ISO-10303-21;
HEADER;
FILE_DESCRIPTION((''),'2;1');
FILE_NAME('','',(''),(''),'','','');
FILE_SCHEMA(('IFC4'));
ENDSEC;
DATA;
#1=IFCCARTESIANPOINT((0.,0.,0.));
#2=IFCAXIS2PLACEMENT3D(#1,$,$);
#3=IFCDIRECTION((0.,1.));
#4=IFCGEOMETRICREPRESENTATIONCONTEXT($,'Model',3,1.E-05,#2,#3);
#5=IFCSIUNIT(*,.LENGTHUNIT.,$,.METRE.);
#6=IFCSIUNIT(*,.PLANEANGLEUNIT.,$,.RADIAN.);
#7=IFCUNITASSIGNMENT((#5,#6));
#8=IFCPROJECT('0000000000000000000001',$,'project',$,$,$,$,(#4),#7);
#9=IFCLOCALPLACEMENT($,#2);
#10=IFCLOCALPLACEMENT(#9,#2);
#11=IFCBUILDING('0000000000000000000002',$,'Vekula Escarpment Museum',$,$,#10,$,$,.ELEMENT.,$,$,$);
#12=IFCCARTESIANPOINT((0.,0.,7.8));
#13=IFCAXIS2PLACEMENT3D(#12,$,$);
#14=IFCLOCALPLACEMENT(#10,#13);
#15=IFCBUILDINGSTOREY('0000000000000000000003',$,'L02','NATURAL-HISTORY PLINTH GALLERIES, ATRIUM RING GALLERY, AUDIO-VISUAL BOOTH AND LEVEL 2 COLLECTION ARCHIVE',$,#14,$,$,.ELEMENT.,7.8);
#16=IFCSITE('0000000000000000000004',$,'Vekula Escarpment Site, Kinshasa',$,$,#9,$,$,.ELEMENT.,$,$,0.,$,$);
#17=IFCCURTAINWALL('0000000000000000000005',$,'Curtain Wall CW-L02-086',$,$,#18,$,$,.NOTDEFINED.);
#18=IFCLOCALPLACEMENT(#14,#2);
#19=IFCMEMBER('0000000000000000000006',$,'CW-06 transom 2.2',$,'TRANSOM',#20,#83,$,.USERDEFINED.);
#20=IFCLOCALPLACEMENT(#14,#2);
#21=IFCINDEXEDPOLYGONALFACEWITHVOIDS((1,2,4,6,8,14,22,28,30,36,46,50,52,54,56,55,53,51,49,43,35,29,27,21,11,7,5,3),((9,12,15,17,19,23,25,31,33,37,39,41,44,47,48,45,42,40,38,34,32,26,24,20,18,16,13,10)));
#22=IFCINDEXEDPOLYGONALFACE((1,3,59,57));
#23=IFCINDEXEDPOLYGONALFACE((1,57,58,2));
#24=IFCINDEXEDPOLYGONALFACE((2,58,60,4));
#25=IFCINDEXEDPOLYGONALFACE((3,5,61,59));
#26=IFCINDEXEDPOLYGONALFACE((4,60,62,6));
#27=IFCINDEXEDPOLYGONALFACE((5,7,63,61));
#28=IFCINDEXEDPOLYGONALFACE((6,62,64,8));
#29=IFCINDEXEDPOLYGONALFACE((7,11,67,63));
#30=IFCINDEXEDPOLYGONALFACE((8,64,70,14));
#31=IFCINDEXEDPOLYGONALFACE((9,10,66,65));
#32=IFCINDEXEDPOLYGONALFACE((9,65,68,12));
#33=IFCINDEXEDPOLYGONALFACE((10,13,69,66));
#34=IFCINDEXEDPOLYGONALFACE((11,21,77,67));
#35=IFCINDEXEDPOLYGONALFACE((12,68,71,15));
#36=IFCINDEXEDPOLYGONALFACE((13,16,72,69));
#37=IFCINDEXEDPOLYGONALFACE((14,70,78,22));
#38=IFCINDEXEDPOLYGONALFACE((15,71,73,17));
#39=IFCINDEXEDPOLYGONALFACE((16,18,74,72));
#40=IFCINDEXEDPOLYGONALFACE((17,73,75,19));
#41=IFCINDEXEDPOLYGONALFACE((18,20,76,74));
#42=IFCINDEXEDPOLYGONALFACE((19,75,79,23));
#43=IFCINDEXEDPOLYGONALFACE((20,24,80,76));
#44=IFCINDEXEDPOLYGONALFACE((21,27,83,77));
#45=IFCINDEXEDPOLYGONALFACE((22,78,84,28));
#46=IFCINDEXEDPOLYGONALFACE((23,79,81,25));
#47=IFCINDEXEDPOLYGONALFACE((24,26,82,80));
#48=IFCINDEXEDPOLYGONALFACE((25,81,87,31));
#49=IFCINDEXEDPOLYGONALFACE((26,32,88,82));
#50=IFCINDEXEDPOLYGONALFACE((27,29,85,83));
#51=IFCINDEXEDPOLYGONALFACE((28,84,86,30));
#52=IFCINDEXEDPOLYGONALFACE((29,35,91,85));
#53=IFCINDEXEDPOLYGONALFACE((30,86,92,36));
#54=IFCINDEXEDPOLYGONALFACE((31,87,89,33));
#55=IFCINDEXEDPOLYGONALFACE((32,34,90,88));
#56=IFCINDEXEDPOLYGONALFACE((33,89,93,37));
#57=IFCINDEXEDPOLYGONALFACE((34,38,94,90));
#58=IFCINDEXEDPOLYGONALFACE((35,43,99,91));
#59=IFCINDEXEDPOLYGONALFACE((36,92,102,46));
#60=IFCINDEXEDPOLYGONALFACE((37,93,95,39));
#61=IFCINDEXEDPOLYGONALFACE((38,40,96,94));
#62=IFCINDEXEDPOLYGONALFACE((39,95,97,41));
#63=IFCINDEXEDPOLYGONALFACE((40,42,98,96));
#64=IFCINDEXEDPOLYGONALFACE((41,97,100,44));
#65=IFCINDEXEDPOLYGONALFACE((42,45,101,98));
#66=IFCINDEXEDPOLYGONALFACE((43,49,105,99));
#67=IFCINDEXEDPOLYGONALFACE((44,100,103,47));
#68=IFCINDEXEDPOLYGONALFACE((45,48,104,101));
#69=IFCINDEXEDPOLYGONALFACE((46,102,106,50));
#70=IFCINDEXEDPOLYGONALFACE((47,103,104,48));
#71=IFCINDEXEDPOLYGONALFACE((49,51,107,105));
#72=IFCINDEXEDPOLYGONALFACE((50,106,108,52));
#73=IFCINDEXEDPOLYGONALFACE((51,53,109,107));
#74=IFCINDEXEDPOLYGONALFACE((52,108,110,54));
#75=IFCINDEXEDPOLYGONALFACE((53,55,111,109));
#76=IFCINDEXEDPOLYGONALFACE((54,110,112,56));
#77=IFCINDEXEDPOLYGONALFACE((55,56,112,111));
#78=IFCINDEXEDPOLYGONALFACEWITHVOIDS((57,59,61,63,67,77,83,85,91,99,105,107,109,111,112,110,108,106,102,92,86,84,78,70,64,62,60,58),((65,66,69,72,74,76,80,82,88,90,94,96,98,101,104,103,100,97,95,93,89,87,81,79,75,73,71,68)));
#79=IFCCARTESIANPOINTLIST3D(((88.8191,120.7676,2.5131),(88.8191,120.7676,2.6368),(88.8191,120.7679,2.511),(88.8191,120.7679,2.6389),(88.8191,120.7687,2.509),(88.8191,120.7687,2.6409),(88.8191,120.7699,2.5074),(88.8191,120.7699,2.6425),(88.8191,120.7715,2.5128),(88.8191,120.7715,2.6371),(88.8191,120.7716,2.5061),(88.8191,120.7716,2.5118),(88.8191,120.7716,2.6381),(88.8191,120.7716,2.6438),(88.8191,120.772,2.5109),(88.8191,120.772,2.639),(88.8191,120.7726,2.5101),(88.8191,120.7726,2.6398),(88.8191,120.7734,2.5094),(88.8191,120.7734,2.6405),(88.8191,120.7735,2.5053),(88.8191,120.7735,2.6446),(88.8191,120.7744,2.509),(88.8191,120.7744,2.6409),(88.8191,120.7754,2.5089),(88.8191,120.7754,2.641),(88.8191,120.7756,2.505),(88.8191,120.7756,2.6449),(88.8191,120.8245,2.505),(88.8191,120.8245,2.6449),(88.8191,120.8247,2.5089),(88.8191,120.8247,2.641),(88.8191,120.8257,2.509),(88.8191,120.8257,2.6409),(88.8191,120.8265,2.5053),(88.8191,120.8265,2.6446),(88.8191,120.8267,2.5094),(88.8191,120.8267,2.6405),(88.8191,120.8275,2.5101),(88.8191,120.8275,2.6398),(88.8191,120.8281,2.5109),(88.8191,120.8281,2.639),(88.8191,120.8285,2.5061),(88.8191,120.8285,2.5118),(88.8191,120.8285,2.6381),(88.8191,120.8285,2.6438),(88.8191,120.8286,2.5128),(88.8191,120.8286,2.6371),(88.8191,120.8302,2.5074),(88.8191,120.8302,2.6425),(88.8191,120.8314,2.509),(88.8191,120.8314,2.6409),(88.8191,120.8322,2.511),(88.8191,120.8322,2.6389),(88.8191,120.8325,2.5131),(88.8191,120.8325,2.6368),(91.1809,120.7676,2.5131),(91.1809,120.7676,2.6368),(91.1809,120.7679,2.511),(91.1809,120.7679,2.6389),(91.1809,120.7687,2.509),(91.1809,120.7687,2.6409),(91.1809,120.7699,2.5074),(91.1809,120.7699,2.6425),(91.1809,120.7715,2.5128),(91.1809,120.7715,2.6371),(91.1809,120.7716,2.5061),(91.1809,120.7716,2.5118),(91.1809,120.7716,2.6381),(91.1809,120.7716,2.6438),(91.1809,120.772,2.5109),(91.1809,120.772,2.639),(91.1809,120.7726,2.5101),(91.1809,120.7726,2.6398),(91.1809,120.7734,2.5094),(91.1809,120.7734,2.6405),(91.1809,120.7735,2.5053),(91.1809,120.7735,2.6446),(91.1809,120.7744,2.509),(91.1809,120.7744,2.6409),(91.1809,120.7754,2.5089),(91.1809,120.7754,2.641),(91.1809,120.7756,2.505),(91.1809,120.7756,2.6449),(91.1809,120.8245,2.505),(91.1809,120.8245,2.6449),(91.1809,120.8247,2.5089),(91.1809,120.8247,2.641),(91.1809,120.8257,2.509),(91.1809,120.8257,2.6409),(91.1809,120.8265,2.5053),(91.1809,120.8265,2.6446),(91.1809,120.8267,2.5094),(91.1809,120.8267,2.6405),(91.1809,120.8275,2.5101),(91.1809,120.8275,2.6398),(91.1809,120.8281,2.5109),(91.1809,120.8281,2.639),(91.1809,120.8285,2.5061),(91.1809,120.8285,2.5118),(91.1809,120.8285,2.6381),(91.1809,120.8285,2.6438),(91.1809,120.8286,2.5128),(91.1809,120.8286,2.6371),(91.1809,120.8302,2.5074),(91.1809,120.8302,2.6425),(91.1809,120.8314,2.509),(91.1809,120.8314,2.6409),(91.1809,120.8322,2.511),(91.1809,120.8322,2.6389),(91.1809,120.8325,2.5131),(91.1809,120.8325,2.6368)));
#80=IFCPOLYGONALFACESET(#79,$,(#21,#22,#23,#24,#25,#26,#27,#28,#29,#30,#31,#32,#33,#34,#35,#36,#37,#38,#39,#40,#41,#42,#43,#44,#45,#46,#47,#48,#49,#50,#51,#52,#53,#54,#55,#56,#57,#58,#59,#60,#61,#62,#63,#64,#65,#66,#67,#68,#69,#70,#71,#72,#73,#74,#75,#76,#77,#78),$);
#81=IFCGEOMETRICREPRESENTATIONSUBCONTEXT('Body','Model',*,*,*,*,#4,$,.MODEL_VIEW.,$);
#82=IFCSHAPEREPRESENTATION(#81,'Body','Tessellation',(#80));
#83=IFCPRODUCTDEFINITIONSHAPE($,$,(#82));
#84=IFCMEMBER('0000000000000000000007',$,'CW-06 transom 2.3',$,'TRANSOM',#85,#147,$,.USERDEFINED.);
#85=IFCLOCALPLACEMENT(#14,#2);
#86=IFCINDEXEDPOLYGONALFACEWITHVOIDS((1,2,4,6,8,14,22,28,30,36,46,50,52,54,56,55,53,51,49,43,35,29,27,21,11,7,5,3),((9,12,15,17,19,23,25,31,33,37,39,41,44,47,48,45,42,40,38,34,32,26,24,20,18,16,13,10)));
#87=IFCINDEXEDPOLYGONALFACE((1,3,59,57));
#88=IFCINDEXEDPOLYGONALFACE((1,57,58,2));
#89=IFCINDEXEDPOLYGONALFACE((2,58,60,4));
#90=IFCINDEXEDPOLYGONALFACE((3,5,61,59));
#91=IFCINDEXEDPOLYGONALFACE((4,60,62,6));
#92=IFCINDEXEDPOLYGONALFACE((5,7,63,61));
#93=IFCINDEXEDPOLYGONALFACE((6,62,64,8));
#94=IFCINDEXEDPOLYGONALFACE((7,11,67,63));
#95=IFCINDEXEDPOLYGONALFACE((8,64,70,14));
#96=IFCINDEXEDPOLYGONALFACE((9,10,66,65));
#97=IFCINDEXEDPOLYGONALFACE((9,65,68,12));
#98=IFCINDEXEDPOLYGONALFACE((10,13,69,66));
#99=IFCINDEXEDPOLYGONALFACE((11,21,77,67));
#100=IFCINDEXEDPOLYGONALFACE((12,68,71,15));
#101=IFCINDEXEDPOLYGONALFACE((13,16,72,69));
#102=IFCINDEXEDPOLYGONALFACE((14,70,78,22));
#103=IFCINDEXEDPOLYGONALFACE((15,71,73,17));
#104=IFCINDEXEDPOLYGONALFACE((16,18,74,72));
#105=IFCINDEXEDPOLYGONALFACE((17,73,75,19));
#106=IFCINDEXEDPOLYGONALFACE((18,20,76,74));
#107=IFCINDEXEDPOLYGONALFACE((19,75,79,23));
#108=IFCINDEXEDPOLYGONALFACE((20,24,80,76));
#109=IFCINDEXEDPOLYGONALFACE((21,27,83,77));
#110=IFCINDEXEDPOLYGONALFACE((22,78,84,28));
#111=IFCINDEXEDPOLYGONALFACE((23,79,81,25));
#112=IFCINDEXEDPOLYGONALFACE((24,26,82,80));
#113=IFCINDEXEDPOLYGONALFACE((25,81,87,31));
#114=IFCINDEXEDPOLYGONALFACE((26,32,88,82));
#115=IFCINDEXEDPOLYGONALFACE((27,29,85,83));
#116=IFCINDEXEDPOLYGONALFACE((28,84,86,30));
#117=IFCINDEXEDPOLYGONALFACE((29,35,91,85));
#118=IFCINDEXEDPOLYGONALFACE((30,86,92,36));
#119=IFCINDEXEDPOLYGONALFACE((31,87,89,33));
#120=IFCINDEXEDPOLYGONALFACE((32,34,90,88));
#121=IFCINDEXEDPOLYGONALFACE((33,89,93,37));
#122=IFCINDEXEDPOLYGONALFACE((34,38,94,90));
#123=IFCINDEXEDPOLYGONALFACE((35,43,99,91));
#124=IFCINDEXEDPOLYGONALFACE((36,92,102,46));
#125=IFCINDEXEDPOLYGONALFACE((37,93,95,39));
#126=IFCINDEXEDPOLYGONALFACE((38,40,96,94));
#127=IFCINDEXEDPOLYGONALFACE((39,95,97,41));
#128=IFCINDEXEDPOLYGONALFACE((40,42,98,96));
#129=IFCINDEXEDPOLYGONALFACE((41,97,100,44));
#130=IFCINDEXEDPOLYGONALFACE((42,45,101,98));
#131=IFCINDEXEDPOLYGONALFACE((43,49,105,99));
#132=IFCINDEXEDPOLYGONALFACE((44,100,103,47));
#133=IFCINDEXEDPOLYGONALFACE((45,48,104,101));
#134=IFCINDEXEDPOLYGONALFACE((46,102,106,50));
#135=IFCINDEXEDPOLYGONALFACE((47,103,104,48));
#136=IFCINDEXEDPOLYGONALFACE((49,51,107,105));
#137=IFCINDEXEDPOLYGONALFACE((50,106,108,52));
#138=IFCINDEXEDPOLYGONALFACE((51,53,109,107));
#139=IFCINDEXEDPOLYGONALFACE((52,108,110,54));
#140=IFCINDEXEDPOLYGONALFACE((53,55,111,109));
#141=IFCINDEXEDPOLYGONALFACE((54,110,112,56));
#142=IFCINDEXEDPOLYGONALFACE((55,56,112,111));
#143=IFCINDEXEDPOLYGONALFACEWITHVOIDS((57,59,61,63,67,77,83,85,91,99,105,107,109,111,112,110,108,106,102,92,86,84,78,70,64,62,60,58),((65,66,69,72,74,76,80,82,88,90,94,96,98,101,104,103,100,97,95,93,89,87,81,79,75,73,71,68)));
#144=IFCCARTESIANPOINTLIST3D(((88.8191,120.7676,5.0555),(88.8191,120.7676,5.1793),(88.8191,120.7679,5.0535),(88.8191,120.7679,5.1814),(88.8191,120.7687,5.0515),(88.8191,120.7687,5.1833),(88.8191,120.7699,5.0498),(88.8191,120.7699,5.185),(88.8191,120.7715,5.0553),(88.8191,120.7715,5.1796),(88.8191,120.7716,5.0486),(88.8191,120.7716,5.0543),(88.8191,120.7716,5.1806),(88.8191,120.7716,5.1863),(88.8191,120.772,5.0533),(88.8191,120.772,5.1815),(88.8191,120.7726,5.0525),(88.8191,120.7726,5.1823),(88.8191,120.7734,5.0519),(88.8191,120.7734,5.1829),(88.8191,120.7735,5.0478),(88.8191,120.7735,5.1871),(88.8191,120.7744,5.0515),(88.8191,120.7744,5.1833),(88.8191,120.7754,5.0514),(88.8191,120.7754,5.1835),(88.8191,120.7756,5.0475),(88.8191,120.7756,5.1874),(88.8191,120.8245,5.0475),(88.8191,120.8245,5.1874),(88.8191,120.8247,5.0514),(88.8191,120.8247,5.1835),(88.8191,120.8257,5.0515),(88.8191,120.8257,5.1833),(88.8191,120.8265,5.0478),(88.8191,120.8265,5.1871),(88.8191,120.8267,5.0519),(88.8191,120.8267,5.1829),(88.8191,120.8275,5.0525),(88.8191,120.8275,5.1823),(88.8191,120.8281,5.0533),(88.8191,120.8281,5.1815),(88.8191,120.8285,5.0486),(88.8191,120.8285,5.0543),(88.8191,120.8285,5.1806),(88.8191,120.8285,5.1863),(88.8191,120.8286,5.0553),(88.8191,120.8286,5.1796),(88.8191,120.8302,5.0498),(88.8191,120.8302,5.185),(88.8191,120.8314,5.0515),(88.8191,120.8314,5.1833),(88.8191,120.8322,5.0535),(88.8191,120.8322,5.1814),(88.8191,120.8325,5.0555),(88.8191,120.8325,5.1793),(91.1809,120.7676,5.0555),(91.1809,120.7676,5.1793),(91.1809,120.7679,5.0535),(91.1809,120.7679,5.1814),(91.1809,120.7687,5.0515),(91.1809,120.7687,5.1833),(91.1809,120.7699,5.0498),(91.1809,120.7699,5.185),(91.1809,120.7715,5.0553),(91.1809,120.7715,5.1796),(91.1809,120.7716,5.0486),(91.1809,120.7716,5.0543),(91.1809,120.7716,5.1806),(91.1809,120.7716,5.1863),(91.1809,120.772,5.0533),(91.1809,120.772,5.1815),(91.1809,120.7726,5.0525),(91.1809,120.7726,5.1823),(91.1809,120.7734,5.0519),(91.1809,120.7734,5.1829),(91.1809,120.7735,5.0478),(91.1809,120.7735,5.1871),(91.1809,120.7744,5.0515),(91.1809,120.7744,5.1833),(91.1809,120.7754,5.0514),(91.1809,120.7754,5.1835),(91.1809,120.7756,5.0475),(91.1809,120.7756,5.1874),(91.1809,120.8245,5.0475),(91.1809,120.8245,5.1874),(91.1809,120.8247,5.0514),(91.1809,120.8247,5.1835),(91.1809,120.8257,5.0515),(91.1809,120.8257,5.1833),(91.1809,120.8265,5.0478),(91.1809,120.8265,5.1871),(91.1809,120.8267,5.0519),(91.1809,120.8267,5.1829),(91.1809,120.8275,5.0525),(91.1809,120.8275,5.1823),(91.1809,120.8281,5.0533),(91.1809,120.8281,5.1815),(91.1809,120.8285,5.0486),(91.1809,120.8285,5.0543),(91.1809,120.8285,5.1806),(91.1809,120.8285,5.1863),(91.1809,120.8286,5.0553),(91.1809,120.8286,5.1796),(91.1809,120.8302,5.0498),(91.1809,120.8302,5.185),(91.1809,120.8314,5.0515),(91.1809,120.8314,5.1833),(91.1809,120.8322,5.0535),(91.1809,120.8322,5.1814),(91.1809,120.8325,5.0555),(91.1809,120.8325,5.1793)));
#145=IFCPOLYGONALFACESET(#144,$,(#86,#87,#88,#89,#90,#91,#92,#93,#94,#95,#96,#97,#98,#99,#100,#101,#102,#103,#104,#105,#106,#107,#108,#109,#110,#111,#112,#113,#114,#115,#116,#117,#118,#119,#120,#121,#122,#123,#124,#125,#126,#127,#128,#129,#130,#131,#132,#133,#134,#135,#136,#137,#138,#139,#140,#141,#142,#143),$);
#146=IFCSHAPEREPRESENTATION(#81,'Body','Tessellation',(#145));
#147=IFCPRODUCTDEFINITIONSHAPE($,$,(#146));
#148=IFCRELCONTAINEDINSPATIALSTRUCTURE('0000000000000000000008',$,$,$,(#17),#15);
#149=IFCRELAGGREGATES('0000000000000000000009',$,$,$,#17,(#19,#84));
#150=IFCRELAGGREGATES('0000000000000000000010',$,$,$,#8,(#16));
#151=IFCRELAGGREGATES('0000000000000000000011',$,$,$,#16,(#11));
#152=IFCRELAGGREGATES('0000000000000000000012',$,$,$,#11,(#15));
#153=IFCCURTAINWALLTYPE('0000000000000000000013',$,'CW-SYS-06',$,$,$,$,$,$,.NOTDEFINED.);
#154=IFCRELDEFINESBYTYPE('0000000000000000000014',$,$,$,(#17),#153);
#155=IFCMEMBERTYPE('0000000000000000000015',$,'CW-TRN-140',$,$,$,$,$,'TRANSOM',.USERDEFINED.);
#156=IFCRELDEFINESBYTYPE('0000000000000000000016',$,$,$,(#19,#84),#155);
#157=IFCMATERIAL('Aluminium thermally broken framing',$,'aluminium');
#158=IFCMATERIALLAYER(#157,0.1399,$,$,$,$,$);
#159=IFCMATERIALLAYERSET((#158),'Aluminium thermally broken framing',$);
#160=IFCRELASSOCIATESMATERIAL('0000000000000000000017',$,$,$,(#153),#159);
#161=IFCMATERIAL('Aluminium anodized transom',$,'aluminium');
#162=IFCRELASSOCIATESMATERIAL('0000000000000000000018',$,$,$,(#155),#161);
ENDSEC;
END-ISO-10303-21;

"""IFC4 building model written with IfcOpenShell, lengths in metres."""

from ifc_helpers import new_model, si_unit, direction, frame, origin, origin_2d, place, context, subcontext, project, spatial, hollow_rectangle, extrude, material, layer, layer_set, material_profile, profile_set, type_object, element, aggregate, save


model = new_model("IFC4")

# Units and contexts
model_context = context("Model", 3, precision=1e-05, world=origin(), true_north=direction((0.0, 1.0)))
body_context = subcontext(model_context, "Body", "Model", "MODEL_VIEW")
ifc_project = project(units=[si_unit("LENGTHUNIT", "METRE"), si_unit("PLANEANGLEUNIT", "RADIAN")], contexts=[model_context])

# Site, building, storey
site_placement = place(None, origin())
site = spatial("IfcSite", under=ifc_project, at=site_placement, Name="Vekula Escarpment Site, Kinshasa", CompositionType="ELEMENT", RefElevation=0.0)
building_placement = place(site_placement, origin())
building = spatial("IfcBuilding", under=site, at=building_placement, Name="Vekula Escarpment Museum", CompositionType="ELEMENT")
storey_placement = place(building_placement, frame((0.0, 0.0, 7.8)))
storey = spatial("IfcBuildingStorey", under=building, at=storey_placement, Name="L02", Description="NATURAL-HISTORY PLINTH GALLERIES, ATRIUM RING GALLERY, AUDIO-VISUAL BOOTH AND LEVEL 2 COLLECTION ARCHIVE", CompositionType="ELEMENT", Elevation=7.8)

# Curtain wall, members
ifc_material_1 = material(Name="Aluminium thermally broken framing", Category="aluminium")
ifc_layer_1 = layer(ifc_material_1, 0.1399)
ifc_layer_set_1 = layer_set([ifc_layer_1], Name="Aluminium thermally broken framing")
curtain_wall_type = type_object("IfcCurtainWallType", Name="CW-SYS-06", PredefinedType="NOTDEFINED", material=ifc_layer_set_1)
curtain_wall_placement = place(storey_placement, origin())
curtain_wall = element("IfcCurtainWall", 1, at=curtain_wall_placement, inside=storey, type_object=curtain_wall_type, Name="Curtain Wall CW-L02-086", PredefinedType="NOTDEFINED")
ifc_material_2 = material(Name="Aluminium anodized transom", Category="aluminium")
ifc_material_profile_1 = material_profile(ifc_material_2, hollow_rectangle(XDim=0.0649, YDim=0.1399, WallThickness=0.0039, InnerFilletRadius=0.0039, OuterFilletRadius=0.0081, at=origin_2d()), Name="ALU 140x65x4")
ifc_profile_set_1 = profile_set([ifc_material_profile_1], Name="Aluminium anodized transom")
member_type_1 = type_object("IfcMemberType", Name="CW-TRN-140", ElementType="TRANSOM", PredefinedType="USERDEFINED", material=ifc_profile_set_1)
member_1_placement = place(storey_placement, frame((88.8191, 120.8, 2.575), z_axis=(1.0, 0.0, 0.0), x_axis=(0.0, 1.0, 0.0)))
member_1 = element("IfcMember", 2, at=member_1_placement, type_object=member_type_1, Name="CW-06 transom 2.2", ObjectType="TRANSOM", PredefinedType="USERDEFINED", context=body_context, shape_type="SweptSolid", body=[
    extrude(hollow_rectangle(XDim=0.0649, YDim=0.1399, WallThickness=0.0039, InnerFilletRadius=0.0039, OuterFilletRadius=0.0081, at=origin_2d()), origin(), (0.0, 0.0, 1.0), 2.3618),
])
member_2_placement = place(storey_placement, frame((88.8191, 120.8, 5.1174), z_axis=(1.0, 0.0, 0.0), x_axis=(0.0, 1.0, 0.0)))
member_2 = element("IfcMember", 3, at=member_2_placement, type_object=member_type_1, Name="CW-06 transom 2.3", ObjectType="TRANSOM", PredefinedType="USERDEFINED", context=body_context, shape_type="SweptSolid", body=[
    extrude(hollow_rectangle(XDim=0.0649, YDim=0.1399, WallThickness=0.0039, InnerFilletRadius=0.0039, OuterFilletRadius=0.0081, at=origin_2d()), origin(), (0.0, 0.0, 1.0), 2.3618),
])
aggregate(curtain_wall, [member_1, member_2])

save(model, "model.ifc")
